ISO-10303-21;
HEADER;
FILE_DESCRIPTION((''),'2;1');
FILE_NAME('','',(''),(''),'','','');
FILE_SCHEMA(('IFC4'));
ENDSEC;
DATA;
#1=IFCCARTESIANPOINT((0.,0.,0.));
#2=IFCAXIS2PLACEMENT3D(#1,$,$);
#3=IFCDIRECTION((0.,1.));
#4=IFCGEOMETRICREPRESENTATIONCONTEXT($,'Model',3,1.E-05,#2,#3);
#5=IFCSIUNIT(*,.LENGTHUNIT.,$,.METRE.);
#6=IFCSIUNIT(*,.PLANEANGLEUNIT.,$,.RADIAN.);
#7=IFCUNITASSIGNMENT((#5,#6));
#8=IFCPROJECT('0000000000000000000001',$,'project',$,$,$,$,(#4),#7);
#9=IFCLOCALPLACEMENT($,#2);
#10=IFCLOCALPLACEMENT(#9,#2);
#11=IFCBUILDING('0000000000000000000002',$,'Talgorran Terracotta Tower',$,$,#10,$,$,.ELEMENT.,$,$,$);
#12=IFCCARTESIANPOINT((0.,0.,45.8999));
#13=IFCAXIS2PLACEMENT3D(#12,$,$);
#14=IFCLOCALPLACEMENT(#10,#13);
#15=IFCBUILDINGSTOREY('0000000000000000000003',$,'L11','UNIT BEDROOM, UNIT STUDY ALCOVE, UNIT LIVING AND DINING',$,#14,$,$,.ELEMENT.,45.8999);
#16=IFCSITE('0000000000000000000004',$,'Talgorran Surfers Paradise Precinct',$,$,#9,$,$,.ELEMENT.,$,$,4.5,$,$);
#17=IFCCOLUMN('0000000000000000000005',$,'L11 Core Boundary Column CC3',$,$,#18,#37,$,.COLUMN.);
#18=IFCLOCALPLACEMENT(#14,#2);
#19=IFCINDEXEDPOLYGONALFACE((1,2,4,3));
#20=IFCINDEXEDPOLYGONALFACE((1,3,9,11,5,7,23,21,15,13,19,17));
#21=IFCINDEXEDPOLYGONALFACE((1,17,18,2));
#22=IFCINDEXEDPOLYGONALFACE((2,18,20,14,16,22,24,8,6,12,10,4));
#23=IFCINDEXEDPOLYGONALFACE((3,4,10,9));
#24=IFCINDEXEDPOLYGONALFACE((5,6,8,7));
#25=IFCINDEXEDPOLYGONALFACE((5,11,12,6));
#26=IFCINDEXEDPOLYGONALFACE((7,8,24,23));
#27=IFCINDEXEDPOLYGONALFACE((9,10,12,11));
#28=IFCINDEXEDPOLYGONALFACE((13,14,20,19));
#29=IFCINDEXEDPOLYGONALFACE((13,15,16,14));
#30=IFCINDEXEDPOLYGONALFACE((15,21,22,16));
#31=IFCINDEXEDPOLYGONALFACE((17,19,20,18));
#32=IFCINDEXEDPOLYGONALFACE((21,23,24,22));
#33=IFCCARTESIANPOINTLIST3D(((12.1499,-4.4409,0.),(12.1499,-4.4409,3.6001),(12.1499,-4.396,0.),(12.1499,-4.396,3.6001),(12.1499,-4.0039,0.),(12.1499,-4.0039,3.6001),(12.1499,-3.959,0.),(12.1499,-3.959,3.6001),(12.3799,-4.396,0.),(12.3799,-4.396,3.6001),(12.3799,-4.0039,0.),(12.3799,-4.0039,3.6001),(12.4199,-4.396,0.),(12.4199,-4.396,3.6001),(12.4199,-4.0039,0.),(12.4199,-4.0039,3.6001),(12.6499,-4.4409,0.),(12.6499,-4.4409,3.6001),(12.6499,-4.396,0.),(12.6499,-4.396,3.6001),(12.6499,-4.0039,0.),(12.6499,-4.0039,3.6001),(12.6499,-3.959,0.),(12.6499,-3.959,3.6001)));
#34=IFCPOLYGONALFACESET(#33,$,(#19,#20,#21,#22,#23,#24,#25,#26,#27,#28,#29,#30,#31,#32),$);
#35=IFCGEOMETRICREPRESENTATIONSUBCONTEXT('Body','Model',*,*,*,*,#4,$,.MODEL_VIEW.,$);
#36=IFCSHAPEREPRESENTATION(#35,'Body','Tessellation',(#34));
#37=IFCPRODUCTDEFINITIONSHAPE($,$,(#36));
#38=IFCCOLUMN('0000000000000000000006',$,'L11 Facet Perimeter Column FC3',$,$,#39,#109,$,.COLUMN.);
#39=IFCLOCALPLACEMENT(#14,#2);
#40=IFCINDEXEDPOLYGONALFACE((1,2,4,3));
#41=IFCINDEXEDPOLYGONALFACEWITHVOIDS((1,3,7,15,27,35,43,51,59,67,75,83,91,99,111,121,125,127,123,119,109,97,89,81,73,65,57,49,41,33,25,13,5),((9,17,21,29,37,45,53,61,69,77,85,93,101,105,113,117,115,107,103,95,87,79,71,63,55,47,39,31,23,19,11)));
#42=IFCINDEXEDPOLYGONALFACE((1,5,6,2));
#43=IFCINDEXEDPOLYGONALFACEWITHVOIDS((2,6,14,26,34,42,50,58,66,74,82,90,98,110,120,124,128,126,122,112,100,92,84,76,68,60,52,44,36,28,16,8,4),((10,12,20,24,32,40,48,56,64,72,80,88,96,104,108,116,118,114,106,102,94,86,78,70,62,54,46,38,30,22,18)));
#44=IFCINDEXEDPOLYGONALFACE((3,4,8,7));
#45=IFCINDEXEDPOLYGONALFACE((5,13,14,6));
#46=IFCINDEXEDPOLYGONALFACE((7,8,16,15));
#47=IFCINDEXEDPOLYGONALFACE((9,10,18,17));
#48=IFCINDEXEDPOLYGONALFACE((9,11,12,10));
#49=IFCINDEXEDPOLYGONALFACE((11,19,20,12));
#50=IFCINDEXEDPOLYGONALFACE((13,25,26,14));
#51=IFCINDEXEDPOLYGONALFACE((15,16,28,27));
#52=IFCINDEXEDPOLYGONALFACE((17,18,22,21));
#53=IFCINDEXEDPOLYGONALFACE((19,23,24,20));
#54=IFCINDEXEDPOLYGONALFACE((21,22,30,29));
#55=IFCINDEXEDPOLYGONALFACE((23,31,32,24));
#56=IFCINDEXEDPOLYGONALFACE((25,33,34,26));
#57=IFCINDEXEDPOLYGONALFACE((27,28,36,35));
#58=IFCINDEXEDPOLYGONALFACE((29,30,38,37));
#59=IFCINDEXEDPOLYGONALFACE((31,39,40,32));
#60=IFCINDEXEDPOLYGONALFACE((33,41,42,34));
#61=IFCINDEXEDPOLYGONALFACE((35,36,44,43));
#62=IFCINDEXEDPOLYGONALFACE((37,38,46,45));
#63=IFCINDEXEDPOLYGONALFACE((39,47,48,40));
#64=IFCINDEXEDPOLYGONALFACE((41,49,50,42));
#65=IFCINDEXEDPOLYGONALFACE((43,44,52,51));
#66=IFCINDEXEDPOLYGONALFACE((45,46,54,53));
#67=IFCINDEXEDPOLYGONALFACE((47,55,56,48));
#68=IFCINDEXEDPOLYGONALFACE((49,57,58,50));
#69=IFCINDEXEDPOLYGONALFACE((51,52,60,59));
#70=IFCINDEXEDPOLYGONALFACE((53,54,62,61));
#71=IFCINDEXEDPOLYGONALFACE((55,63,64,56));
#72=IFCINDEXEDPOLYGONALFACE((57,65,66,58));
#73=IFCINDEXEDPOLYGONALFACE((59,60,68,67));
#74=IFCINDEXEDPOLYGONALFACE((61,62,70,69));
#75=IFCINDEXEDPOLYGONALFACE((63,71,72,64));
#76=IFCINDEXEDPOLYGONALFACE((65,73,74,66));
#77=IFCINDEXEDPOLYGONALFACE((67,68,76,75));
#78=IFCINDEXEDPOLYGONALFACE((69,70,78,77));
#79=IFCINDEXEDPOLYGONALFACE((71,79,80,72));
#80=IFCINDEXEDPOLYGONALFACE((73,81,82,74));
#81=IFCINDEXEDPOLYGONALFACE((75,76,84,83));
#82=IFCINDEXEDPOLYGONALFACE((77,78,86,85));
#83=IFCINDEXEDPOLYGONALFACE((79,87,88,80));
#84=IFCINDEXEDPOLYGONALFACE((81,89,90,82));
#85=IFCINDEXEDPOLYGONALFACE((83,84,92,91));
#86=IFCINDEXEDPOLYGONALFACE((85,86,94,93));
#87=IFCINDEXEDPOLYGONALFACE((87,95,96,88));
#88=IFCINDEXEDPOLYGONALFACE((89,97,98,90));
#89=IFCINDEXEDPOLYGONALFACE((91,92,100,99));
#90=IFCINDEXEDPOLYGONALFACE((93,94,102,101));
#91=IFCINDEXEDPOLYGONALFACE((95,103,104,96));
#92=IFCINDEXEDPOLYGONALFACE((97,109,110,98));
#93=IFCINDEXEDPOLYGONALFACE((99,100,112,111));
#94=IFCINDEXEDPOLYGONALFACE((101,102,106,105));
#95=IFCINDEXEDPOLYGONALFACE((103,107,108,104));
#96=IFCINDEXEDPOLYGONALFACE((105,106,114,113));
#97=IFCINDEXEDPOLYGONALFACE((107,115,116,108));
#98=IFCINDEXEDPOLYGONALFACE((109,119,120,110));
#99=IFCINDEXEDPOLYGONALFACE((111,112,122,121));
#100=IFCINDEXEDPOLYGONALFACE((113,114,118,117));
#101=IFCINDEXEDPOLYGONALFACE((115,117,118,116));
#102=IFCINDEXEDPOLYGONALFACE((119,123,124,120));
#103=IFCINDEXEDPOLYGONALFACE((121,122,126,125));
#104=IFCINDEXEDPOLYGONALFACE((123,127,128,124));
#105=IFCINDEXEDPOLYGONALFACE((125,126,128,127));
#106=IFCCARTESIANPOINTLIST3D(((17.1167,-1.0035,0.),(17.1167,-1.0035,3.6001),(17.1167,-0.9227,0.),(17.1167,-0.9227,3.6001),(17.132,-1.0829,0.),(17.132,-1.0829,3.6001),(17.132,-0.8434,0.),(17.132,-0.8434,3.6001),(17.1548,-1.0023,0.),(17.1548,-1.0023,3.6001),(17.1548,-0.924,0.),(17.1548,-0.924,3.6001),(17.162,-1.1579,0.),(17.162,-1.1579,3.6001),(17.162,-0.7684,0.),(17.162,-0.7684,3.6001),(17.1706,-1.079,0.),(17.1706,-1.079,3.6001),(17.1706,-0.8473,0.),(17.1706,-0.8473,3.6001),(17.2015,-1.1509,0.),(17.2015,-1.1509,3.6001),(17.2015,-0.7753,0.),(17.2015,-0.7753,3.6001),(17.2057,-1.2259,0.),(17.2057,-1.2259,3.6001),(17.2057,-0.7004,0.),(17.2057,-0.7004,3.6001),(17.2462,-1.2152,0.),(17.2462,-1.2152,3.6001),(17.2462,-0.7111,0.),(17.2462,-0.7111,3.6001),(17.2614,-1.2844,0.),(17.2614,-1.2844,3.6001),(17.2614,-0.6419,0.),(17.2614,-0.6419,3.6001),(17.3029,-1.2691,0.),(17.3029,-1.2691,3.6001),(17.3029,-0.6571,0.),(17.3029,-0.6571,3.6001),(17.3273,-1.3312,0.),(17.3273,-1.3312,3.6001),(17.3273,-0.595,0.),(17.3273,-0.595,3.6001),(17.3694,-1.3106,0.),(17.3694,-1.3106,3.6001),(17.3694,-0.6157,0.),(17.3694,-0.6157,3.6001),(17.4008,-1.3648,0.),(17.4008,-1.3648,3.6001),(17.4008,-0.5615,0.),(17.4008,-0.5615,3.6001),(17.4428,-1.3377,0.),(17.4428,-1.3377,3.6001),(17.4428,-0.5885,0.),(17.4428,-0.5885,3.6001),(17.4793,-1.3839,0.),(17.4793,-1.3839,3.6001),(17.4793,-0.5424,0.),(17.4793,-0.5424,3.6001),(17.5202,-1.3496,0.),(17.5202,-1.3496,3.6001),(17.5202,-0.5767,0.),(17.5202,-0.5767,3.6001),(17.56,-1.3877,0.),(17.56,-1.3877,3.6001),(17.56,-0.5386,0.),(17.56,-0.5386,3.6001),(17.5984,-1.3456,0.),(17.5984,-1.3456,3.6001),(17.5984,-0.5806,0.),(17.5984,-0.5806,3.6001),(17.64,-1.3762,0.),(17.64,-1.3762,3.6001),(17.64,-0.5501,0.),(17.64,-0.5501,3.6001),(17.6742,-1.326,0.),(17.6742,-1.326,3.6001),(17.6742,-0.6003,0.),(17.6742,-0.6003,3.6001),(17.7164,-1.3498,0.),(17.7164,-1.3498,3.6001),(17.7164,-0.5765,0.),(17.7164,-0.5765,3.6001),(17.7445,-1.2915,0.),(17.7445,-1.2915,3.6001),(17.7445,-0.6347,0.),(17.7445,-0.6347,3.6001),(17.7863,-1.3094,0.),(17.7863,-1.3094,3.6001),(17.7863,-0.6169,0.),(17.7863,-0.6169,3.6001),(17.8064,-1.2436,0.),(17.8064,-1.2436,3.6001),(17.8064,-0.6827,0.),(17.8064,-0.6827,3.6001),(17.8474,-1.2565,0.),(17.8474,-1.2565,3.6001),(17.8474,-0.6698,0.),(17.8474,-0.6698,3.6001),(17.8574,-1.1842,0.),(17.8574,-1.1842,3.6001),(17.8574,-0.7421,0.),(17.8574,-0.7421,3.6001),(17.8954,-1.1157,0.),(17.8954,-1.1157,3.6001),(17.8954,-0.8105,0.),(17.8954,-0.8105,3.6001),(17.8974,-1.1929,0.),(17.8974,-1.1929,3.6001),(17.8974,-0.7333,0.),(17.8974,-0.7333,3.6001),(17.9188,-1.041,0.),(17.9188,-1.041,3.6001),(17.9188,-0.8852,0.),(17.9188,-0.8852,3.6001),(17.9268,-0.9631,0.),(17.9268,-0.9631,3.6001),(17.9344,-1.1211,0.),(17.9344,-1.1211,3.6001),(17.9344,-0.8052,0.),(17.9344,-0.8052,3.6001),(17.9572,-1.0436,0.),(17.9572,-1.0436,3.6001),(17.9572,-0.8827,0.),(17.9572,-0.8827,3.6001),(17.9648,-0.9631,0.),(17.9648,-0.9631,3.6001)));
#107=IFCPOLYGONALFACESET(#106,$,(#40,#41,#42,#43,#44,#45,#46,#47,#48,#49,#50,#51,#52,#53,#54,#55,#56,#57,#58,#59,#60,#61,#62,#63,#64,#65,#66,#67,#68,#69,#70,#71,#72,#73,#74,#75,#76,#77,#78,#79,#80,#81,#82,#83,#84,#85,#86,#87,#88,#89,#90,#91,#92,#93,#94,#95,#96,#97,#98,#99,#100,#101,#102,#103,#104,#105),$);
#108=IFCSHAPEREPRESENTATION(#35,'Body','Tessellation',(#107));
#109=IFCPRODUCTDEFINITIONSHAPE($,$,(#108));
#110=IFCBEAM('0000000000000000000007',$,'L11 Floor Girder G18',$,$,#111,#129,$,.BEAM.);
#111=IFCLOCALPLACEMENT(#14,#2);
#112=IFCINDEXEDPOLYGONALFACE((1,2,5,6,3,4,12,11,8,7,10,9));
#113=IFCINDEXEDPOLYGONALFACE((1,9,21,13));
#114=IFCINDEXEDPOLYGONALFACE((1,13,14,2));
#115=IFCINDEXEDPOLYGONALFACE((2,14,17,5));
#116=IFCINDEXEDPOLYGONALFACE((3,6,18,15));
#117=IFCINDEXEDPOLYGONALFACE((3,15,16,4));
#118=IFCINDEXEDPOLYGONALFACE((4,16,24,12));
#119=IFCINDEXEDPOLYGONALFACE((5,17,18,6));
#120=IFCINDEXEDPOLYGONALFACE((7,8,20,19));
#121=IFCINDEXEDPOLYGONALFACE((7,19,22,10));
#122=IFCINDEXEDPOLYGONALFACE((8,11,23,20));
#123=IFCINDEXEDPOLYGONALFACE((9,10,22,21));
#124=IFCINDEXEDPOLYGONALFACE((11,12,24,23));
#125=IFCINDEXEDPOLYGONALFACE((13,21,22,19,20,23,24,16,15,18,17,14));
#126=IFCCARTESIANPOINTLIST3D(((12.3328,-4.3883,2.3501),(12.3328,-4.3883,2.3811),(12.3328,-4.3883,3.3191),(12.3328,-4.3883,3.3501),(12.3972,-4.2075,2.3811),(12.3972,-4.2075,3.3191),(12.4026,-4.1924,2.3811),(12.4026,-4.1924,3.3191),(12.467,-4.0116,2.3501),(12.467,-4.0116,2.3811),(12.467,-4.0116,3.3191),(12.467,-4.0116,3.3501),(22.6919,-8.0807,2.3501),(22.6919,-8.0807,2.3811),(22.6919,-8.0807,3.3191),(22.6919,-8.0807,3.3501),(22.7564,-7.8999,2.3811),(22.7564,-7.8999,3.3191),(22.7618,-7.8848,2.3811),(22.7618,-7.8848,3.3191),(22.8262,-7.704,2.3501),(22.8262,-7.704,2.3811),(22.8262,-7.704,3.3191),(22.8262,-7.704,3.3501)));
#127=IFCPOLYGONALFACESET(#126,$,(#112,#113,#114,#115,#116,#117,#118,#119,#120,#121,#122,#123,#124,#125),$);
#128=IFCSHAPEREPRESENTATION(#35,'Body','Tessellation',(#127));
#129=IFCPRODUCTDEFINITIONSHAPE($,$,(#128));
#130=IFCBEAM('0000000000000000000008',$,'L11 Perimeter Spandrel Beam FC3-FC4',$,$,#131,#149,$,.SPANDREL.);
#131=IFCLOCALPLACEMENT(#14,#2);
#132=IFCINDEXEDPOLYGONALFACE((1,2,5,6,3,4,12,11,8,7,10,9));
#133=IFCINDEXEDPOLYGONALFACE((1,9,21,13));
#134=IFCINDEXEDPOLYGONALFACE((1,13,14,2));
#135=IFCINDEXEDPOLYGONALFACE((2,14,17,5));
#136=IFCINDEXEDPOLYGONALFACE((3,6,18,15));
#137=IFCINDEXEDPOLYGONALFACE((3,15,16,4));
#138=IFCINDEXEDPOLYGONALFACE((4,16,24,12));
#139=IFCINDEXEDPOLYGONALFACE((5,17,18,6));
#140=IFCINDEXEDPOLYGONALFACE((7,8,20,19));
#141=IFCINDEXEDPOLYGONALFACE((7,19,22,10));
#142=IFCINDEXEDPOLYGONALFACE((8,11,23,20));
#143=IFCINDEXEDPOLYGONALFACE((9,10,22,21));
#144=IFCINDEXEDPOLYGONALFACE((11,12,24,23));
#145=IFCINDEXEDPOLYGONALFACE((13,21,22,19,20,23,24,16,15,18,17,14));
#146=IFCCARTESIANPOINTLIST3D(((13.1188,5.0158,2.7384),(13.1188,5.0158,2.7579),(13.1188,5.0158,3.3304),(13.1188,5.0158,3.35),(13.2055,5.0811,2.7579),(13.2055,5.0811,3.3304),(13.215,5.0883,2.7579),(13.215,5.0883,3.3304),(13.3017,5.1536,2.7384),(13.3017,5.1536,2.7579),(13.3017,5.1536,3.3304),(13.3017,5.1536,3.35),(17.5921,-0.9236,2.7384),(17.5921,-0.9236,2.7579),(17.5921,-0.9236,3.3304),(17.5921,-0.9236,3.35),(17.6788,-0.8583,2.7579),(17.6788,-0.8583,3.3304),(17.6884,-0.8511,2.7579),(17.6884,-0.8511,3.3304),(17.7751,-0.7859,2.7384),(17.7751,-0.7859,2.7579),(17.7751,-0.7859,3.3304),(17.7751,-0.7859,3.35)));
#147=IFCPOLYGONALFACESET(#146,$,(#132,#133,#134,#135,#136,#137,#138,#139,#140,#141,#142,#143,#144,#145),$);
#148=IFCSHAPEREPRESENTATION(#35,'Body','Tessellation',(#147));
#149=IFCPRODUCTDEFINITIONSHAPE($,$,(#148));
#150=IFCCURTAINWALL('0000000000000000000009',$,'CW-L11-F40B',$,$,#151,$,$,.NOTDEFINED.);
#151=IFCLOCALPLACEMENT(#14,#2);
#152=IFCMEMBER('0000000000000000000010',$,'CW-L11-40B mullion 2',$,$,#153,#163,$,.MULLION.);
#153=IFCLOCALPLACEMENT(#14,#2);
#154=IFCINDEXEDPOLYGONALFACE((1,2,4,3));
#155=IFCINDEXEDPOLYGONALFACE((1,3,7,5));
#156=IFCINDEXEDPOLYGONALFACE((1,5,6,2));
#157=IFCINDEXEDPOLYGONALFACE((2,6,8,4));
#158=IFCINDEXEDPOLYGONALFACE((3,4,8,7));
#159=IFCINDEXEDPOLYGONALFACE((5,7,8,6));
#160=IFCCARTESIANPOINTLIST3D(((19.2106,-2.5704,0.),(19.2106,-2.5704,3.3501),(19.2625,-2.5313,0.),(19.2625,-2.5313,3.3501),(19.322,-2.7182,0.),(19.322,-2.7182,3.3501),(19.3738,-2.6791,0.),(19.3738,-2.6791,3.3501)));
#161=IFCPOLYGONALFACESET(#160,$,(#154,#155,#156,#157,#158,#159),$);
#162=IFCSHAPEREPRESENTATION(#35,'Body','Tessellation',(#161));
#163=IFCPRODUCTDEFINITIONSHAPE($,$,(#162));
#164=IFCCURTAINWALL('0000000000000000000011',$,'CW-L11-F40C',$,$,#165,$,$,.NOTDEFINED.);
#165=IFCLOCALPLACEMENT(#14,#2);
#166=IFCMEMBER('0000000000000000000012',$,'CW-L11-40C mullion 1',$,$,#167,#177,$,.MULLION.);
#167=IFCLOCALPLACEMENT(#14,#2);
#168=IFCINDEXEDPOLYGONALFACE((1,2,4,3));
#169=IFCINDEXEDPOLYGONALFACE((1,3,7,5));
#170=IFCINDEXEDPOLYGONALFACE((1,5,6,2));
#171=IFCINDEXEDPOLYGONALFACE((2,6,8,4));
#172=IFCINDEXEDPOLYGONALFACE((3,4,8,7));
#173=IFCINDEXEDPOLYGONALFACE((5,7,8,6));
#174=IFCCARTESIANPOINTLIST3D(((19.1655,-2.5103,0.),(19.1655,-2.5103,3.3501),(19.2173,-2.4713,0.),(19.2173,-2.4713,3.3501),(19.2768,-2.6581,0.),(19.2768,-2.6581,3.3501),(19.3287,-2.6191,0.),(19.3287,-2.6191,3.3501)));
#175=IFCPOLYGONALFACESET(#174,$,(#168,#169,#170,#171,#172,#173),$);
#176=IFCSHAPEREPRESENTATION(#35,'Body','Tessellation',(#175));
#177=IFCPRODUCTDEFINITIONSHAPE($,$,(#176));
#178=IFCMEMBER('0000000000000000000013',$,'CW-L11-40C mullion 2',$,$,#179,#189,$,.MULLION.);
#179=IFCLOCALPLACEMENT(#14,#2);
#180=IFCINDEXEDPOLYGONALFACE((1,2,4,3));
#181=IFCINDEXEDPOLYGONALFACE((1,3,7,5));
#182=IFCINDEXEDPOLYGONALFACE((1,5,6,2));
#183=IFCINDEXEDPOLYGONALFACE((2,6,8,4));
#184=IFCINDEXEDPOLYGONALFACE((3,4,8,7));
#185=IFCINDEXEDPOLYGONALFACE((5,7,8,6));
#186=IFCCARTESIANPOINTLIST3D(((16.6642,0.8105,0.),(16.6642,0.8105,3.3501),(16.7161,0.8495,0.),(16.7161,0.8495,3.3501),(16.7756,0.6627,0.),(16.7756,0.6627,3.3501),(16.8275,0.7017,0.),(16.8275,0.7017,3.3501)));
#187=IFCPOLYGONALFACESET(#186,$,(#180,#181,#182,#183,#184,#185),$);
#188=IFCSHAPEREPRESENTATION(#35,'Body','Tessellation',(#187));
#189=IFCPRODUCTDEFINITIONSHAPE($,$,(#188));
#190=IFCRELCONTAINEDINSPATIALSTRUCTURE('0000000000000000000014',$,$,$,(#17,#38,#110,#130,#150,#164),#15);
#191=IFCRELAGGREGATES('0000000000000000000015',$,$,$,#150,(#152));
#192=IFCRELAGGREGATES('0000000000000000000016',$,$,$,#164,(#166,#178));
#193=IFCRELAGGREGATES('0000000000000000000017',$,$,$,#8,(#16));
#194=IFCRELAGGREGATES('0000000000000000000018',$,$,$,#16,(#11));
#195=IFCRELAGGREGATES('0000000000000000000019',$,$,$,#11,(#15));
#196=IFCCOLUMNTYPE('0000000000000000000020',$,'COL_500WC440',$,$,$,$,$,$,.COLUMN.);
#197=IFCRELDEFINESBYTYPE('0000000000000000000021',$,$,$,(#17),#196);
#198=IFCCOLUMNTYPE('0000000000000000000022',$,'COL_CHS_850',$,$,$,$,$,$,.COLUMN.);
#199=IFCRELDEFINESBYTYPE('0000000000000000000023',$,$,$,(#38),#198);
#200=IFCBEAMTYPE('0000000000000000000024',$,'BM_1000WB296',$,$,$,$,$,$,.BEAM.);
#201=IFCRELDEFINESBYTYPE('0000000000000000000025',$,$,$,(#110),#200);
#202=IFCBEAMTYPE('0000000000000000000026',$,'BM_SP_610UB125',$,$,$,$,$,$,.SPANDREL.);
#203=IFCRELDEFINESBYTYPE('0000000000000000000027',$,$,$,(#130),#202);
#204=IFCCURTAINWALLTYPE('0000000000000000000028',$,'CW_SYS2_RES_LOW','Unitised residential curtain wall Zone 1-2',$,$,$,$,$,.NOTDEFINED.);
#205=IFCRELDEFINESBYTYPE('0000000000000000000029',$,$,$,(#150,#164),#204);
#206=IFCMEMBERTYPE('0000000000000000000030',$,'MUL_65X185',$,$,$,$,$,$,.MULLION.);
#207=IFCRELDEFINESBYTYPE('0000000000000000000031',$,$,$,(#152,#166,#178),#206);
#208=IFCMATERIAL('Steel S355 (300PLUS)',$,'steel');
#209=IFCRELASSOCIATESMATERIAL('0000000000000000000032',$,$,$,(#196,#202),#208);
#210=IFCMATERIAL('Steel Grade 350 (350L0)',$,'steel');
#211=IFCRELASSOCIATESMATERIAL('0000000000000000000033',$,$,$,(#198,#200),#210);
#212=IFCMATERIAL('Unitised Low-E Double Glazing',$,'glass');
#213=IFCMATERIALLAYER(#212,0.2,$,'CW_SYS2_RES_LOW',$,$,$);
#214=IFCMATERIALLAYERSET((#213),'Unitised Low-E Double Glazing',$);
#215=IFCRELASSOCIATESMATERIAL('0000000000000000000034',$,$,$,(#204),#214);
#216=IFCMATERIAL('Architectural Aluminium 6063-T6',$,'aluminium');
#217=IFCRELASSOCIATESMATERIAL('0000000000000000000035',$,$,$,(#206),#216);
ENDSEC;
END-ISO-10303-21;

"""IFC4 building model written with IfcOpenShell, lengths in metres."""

from ifc_helpers import new_model, si_unit, direction, frame, origin, origin_2d, place, context, subcontext, project, spatial, rectangle, hollow_circle, i_section, extrude, material, layer, layer_set, material_profile, profile_set, type_object, element, aggregate, save


model = new_model("IFC4")

# Units and contexts
model_context = context("Model", 3, precision=1e-05, world=origin(), true_north=direction((0.0, 1.0)))
body_context = subcontext(model_context, "Body", "Model", "MODEL_VIEW")
ifc_project = project(units=[si_unit("LENGTHUNIT", "METRE"), si_unit("PLANEANGLEUNIT", "RADIAN")], contexts=[model_context])

# Site, building, storey
site_placement = place(None, origin())
site = spatial("IfcSite", under=ifc_project, at=site_placement, Name="Talgorran Surfers Paradise Precinct", CompositionType="ELEMENT", RefElevation=4.5)
building_placement = place(site_placement, origin())
building = spatial("IfcBuilding", under=site, at=building_placement, Name="Talgorran Terracotta Tower", CompositionType="ELEMENT")
storey_placement = place(building_placement, frame((0.0, 0.0, 45.8999)))
storey = spatial("IfcBuildingStorey", under=building, at=storey_placement, Name="L11", Description="UNIT BEDROOM, UNIT STUDY ALCOVE, UNIT LIVING AND DINING", CompositionType="ELEMENT", Elevation=45.8999)

# Columns
ifc_material_1 = material(Name="Steel S355 (300PLUS)", Category="steel")
ifc_material_profile_1 = material_profile(ifc_material_1, i_section(OverallWidth=0.5, OverallDepth=0.4819, WebThickness=0.04, FlangeThickness=0.0449, at=origin_2d()), Name="500WC440")
ifc_profile_set_1 = profile_set([ifc_material_profile_1], Name="Steel S355 (300PLUS)")
column_type_1 = type_object("IfcColumnType", Name="COL_500WC440", PredefinedType="COLUMN", material=ifc_profile_set_1)
column_1_placement = place(storey_placement, frame((12.3999, -4.2, 0.0), z_axis=(0.0, 0.0, 1.0), x_axis=(1.0, 0.0, 0.0)))
element("IfcColumn", 1, at=column_1_placement, inside=storey, type_object=column_type_1, Name="L11 Core Boundary Column CC3", PredefinedType="COLUMN", context=body_context, shape_type="SweptSolid", body=[
    extrude(i_section(OverallWidth=0.5, OverallDepth=0.4819, WebThickness=0.04, FlangeThickness=0.0449, at=origin_2d()), origin(), (0.0, 0.0, 1.0), 3.6001),
])
ifc_material_2 = material(Name="Steel Grade 350 (350L0)", Category="steel")
ifc_material_profile_2 = material_profile(ifc_material_2, hollow_circle(Radius=0.425, WallThickness=0.0381, at=origin_2d()), Name="CHS850X38")
ifc_profile_set_2 = profile_set([ifc_material_profile_2], Name="Steel Grade 350 (350L0)")
column_type_2 = type_object("IfcColumnType", Name="COL_CHS_850", PredefinedType="COLUMN", material=ifc_profile_set_2)
column_2_placement = place(storey_placement, frame((17.5398, -0.9631, 0.0), z_axis=(0.0, 0.0, 1.0), x_axis=(1.0, 0.0, 0.0)))
element("IfcColumn", 2, at=column_2_placement, inside=storey, type_object=column_type_2, Name="L11 Facet Perimeter Column FC3", PredefinedType="COLUMN", context=body_context, shape_type="SweptSolid", body=[
    extrude(hollow_circle(Radius=0.425, WallThickness=0.0381, at=origin_2d()), origin(), (0.0, 0.0, 1.0), 3.6001),
])

# Beams
ifc_material_profile_3 = material_profile(ifc_material_2, i_section(OverallWidth=0.3999, OverallDepth=1.0, WebThickness=0.0161, FlangeThickness=0.031, at=origin_2d()), Name="1000WB296")
ifc_profile_set_3 = profile_set([ifc_material_profile_3], Name="Steel Grade 350 (350L0)")
beam_type_1 = type_object("IfcBeamType", Name="BM_1000WB296", PredefinedType="BEAM", material=ifc_profile_set_3)
beam_1_placement = place(storey_placement, frame((12.3999, -4.2, 2.8501), z_axis=(0.941952, -0.335747, 0.0), x_axis=(0.335747, 0.941952, 0.0)))
element("IfcBeam", 3, at=beam_1_placement, inside=storey, type_object=beam_type_1, Name="L11 Floor Girder G18", PredefinedType="BEAM", context=body_context, shape_type="SweptSolid", body=[
    extrude(i_section(OverallWidth=0.3999, OverallDepth=1.0, WebThickness=0.0161, FlangeThickness=0.031, at=origin_2d()), origin(), (0.0, 0.0, 1.0), 10.9976),
])
ifc_material_profile_4 = material_profile(ifc_material_1, i_section(OverallWidth=0.229, OverallDepth=0.6116, WebThickness=0.012, FlangeThickness=0.0195, at=origin_2d()), Name="610UB125")
ifc_profile_set_4 = profile_set([ifc_material_profile_4], Name="Steel S355 (300PLUS)")
beam_type_2 = type_object("IfcBeamType", Name="BM_SP_610UB125", PredefinedType="SPANDREL", material=ifc_profile_set_4)
beam_2_placement = place(storey_placement, frame((17.6836, -0.8547, 3.0442), z_axis=(-0.601617, 0.798785, 0.0), x_axis=(-0.798785, -0.601617, 0.0)))
element("IfcBeam", 4, at=beam_2_placement, inside=storey, type_object=beam_type_2, Name="L11 Perimeter Spandrel Beam FC3-FC4", PredefinedType="SPANDREL", context=body_context, shape_type="SweptSolid", body=[
    extrude(i_section(OverallWidth=0.229, OverallDepth=0.6116, WebThickness=0.012, FlangeThickness=0.0195, at=origin_2d()), origin(), (0.0, 0.0, 1.0), 7.4355),
])

# Curtain wall, member
ifc_material_3 = material(Name="Unitised Low-E Double Glazing", Category="glass")
ifc_layer_1 = layer(ifc_material_3, 0.2, Name="CW_SYS2_RES_LOW")
ifc_layer_set_1 = layer_set([ifc_layer_1], Name="Unitised Low-E Double Glazing")
curtain_wall_type = type_object("IfcCurtainWallType", Name="CW_SYS2_RES_LOW", Description="Unitised residential curtain wall Zone 1-2", PredefinedType="NOTDEFINED", material=ifc_layer_set_1)
curtain_wall_1_placement = place(storey_placement, origin())
curtain_wall_1 = element("IfcCurtainWall", 5, at=curtain_wall_1_placement, inside=storey, type_object=curtain_wall_type, Name="CW-L11-F40B", PredefinedType="NOTDEFINED")
ifc_material_4 = material(Name="Architectural Aluminium 6063-T6", Category="aluminium")
ifc_material_profile_5 = material_profile(ifc_material_4, rectangle(XDim=0.0649, YDim=0.1851, at=origin_2d()), Name="CWM65X185")
ifc_profile_set_5 = profile_set([ifc_material_profile_5], Name="Architectural Aluminium 6063-T6")
member_type_1 = type_object("IfcMemberType", Name="MUL_65X185", PredefinedType="MULLION", material=ifc_profile_set_5)
member_1_placement = place(storey_placement, frame((19.2922, -2.6248, 0.0), z_axis=(0.0, 0.0, 1.0), x_axis=(-0.798774, -0.601631, 0.0)))
member_1 = element("IfcMember", 6, at=member_1_placement, type_object=member_type_1, Name="CW-L11-40B mullion 2", PredefinedType="MULLION", context=body_context, shape_type="SweptSolid", body=[
    extrude(rectangle(XDim=0.0649, YDim=0.1851, at=origin_2d()), origin(), (0.0, 0.0, 1.0), 3.3501),
])

# Curtain wall, members
curtain_wall_2_placement = place(storey_placement, origin())
curtain_wall_2 = element("IfcCurtainWall", 7, at=curtain_wall_2_placement, inside=storey, type_object=curtain_wall_type, Name="CW-L11-F40C", PredefinedType="NOTDEFINED")
member_2_placement = place(storey_placement, frame((19.2471, -2.5647, 0.0), z_axis=(0.0, 0.0, 1.0), x_axis=(-0.798782, -0.601621, 0.0)))
member_2 = element("IfcMember", 8, at=member_2_placement, type_object=member_type_1, Name="CW-L11-40C mullion 1", PredefinedType="MULLION", context=body_context, shape_type="SweptSolid", body=[
    extrude(rectangle(XDim=0.0649, YDim=0.1851, at=origin_2d()), origin(), (0.0, 0.0, 1.0), 3.3501),
])
member_3_placement = place(storey_placement, frame((16.7458, 0.7561, 0.0), z_axis=(0.0, 0.0, 1.0), x_axis=(-0.798782, -0.601621, 0.0)))
member_3 = element("IfcMember", 9, at=member_3_placement, type_object=member_type_1, Name="CW-L11-40C mullion 2", PredefinedType="MULLION", context=body_context, shape_type="SweptSolid", body=[
    extrude(rectangle(XDim=0.0649, YDim=0.1851, at=origin_2d()), origin(), (0.0, 0.0, 1.0), 3.3501),
])

aggregate(curtain_wall_1, [member_1])
aggregate(curtain_wall_2, [member_2, member_3])

save(model, "model.ifc")
